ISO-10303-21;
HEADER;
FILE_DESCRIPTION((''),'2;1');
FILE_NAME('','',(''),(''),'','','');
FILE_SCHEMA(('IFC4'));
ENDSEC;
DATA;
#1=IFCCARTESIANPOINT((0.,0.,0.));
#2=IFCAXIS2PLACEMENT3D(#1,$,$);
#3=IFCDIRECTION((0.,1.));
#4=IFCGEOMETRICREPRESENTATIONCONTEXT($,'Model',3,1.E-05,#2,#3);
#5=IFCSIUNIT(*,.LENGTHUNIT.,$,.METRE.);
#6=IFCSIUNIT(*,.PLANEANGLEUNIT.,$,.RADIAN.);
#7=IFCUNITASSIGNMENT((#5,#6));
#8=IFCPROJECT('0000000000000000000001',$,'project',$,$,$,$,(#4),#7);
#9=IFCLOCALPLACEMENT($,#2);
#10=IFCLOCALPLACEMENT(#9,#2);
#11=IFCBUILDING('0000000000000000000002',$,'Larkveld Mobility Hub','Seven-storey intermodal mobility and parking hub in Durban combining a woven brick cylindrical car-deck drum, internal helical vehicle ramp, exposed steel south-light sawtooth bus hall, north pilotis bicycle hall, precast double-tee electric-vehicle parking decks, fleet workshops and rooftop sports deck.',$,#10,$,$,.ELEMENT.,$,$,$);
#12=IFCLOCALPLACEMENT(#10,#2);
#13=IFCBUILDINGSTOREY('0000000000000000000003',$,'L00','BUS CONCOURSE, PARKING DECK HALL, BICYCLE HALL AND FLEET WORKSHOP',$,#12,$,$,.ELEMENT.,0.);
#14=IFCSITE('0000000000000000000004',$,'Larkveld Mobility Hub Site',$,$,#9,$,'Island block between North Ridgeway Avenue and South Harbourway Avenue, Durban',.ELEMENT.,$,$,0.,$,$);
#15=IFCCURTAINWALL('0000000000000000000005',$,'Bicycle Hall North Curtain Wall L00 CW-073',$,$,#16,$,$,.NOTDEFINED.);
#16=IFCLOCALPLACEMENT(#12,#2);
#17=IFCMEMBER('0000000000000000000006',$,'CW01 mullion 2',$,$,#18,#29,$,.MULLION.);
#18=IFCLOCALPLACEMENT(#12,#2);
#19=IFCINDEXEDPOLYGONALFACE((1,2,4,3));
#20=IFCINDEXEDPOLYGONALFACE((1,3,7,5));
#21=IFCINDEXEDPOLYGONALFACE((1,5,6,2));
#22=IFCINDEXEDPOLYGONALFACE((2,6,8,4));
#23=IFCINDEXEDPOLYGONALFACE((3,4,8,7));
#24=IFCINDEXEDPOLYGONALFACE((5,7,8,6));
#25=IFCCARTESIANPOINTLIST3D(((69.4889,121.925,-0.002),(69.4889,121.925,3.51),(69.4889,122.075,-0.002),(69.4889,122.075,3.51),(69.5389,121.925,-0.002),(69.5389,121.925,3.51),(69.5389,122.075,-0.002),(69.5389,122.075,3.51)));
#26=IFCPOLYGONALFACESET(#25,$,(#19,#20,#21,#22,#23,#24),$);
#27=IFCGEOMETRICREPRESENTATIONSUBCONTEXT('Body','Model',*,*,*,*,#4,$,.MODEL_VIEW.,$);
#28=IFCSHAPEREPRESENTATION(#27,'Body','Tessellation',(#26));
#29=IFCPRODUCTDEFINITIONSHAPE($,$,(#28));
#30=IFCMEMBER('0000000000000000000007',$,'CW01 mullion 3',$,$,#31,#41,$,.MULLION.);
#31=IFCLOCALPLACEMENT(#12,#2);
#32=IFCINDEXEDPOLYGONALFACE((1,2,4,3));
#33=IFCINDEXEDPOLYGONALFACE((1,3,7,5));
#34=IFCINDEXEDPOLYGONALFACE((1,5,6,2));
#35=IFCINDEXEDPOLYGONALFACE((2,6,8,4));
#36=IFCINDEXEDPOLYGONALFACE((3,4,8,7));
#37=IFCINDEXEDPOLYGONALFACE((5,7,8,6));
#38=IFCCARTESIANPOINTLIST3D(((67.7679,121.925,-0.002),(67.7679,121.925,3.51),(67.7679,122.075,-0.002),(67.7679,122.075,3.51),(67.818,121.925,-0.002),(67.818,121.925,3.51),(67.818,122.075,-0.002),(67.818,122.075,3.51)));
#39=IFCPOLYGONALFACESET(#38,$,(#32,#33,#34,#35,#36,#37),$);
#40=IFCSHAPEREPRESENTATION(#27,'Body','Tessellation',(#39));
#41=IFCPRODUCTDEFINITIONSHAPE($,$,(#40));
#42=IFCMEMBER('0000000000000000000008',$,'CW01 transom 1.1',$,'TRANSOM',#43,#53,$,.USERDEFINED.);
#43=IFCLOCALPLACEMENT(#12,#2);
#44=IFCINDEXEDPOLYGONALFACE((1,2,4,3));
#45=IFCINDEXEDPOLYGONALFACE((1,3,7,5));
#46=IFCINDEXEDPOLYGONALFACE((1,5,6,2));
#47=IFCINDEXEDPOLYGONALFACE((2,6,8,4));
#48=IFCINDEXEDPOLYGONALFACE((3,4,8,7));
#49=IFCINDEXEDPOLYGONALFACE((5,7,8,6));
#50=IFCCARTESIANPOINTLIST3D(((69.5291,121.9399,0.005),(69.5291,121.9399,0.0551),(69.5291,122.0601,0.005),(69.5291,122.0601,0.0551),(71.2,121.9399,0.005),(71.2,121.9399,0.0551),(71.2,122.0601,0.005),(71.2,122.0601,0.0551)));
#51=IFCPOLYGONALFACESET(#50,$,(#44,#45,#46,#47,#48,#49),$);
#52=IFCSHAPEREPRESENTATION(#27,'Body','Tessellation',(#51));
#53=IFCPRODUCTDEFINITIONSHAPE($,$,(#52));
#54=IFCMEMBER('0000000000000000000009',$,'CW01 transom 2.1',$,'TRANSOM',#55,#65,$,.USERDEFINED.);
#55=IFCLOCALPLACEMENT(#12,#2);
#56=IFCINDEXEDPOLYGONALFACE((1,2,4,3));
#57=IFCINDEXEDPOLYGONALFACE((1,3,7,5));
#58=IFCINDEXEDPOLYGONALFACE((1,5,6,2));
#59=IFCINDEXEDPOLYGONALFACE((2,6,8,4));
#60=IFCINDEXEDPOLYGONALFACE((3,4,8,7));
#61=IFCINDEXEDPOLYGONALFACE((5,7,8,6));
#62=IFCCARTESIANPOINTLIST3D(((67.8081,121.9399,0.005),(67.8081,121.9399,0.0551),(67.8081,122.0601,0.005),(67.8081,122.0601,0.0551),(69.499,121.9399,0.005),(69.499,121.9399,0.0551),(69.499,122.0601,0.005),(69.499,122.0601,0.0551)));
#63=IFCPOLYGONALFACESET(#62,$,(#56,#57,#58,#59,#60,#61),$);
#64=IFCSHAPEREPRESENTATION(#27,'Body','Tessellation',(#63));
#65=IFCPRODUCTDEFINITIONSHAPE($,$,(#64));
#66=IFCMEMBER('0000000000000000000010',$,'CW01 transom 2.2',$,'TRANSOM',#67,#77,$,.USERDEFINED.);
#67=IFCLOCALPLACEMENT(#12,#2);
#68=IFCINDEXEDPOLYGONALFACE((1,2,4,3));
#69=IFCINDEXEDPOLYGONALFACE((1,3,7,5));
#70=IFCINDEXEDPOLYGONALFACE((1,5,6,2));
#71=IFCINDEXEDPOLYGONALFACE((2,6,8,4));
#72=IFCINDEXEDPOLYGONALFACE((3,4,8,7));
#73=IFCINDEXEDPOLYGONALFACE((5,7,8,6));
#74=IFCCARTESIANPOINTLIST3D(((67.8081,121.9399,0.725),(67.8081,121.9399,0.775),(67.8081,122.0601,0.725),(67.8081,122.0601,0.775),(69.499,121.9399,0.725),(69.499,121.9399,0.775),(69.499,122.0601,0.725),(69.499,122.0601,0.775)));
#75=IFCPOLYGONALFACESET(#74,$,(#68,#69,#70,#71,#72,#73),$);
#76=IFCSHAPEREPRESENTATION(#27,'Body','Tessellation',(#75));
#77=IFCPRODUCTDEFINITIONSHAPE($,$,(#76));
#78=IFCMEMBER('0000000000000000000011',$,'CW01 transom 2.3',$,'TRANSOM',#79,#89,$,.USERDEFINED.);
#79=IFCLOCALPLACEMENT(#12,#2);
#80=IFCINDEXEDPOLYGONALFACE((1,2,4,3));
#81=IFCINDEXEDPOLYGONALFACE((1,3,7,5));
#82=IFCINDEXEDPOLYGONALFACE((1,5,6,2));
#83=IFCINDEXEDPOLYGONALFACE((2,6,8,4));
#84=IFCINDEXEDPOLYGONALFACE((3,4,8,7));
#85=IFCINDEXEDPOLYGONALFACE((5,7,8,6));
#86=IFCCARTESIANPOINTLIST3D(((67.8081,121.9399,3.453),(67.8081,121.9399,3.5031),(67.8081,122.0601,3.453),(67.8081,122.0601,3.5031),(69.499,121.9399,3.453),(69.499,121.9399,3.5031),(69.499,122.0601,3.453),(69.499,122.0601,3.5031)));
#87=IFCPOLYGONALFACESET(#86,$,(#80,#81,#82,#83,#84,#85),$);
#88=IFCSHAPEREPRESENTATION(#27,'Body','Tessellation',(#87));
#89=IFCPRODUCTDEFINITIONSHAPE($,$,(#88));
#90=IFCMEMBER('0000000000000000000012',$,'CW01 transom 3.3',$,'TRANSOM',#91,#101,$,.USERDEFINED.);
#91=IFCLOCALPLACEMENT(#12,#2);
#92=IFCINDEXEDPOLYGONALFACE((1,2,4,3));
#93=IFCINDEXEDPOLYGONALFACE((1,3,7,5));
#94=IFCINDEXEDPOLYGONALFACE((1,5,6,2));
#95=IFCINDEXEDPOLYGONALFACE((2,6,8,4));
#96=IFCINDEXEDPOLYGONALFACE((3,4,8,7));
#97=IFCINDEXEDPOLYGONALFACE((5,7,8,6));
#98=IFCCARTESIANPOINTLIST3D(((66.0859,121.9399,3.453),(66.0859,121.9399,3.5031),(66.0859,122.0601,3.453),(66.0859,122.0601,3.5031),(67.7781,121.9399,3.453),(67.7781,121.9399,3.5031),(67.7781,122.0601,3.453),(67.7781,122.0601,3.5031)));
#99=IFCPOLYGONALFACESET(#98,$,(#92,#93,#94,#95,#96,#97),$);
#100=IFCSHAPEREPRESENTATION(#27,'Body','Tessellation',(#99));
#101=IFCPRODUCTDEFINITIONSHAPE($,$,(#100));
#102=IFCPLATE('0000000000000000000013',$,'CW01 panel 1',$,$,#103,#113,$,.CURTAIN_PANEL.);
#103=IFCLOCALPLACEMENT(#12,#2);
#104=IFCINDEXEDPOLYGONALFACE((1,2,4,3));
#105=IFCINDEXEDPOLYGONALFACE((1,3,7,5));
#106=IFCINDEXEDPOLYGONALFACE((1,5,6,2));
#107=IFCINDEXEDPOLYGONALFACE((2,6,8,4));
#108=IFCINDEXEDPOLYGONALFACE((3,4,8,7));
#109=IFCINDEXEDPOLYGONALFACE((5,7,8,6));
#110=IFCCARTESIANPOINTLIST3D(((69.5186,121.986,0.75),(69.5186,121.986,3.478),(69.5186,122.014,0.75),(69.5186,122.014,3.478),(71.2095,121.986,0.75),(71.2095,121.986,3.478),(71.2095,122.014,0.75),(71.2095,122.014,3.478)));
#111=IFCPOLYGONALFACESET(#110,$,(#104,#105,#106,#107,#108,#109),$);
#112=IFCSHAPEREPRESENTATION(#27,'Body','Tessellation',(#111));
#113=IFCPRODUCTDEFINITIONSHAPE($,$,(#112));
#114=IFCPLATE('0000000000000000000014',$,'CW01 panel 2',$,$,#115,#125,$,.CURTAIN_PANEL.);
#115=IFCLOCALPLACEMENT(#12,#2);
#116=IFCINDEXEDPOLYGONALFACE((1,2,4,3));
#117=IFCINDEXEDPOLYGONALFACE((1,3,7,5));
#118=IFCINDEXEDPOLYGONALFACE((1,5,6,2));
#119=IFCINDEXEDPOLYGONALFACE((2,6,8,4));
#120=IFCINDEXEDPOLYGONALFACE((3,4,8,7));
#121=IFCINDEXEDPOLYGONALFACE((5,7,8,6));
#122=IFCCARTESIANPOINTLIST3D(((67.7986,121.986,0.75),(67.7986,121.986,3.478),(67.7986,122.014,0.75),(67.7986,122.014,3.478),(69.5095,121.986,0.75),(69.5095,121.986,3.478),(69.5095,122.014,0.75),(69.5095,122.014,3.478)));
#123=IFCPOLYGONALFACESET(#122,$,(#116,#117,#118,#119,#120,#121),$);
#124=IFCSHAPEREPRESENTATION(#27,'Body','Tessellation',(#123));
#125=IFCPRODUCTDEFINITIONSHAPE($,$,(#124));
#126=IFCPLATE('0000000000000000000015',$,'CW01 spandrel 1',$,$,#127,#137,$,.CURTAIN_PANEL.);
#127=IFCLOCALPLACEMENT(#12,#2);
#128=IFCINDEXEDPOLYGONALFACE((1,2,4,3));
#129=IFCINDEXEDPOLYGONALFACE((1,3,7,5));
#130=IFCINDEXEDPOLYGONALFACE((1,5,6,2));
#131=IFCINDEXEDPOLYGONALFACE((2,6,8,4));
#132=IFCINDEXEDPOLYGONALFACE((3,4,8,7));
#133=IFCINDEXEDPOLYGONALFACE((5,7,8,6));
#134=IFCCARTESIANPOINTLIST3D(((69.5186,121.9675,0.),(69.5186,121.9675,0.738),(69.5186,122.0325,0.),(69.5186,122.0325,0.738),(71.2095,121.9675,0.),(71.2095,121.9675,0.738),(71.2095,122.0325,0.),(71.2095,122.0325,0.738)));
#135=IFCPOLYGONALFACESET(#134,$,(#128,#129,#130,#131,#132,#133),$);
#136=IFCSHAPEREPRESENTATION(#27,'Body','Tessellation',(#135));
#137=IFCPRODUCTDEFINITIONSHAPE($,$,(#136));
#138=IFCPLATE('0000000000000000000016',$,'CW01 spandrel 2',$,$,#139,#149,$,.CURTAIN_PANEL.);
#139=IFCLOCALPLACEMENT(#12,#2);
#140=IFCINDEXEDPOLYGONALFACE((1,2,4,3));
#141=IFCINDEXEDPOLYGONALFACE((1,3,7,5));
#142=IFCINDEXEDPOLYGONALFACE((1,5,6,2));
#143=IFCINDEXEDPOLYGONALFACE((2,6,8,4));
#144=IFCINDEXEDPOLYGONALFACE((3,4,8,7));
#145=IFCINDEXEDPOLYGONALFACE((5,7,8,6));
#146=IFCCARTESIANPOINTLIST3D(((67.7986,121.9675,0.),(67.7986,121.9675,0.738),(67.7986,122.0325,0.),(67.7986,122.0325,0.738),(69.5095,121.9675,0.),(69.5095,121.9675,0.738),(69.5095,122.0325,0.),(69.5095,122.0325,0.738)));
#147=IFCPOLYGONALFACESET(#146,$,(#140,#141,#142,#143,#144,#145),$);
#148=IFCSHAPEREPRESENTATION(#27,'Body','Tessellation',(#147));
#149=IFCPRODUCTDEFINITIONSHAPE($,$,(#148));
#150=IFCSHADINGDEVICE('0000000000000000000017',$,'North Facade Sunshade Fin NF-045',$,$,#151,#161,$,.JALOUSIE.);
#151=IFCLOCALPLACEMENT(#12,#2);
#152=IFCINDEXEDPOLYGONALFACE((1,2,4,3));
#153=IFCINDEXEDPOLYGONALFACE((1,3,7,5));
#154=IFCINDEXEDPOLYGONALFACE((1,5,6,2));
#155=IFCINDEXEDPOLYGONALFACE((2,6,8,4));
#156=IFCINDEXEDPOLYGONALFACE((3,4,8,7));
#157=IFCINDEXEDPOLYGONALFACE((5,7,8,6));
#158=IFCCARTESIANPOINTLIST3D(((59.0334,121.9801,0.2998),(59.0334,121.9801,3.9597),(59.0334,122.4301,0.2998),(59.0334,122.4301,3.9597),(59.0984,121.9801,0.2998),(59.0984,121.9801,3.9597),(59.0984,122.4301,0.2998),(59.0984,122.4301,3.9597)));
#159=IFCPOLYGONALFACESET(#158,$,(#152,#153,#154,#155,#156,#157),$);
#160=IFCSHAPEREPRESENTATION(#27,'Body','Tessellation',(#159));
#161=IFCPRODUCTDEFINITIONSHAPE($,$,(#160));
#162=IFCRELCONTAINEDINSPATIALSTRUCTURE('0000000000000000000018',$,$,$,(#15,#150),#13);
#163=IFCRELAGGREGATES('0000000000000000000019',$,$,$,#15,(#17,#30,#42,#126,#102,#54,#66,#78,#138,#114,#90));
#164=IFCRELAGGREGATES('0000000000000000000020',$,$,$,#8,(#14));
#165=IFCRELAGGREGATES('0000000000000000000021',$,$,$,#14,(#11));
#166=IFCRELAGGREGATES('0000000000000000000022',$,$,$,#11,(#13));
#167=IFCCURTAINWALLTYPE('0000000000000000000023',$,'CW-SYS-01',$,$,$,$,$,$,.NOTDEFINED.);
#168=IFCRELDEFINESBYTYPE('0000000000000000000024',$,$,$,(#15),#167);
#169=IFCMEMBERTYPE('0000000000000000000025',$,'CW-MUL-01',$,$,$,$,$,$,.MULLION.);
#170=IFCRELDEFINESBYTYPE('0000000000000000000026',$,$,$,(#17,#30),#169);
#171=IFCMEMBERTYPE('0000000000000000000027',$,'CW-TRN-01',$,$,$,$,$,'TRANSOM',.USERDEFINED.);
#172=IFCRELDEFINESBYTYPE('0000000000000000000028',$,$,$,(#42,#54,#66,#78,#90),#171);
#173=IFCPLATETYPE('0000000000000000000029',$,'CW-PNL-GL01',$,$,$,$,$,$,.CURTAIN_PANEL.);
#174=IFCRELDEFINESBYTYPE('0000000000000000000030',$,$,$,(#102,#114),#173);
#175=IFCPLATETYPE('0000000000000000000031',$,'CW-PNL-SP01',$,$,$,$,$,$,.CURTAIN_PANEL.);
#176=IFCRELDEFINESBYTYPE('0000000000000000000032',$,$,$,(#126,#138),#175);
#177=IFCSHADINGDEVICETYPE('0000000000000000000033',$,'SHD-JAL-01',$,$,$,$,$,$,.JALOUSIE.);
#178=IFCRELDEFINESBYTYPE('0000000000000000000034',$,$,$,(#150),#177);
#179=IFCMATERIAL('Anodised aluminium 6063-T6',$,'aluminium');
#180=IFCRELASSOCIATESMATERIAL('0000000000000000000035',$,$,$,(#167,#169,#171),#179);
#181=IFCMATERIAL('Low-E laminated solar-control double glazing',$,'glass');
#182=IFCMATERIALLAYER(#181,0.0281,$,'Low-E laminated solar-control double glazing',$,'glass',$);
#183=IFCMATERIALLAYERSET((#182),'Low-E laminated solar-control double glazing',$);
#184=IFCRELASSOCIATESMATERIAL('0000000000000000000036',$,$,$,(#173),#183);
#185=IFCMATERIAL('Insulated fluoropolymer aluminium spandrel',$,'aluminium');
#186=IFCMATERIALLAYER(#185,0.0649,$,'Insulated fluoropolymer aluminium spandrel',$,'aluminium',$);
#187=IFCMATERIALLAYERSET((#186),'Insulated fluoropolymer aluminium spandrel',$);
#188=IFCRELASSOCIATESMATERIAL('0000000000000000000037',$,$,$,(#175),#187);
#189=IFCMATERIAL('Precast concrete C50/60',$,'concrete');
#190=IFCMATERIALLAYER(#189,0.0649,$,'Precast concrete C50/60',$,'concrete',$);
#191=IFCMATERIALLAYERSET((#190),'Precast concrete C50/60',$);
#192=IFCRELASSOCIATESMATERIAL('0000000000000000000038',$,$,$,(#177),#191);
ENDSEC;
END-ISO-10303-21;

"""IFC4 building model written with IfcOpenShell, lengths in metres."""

from ifc_helpers import new_model, si_unit, direction, frame, origin, origin_2d, place, context, subcontext, project, spatial, rectangle, extrude, material, layer, layer_set, material_profile, profile_set, type_object, element, aggregate, save


model = new_model("IFC4")

# Units and contexts
model_context = context("Model", 3, precision=1e-05, world=origin(), true_north=direction((0.0, 1.0)))
body_context = subcontext(model_context, "Body", "Model", "MODEL_VIEW")
ifc_project = project(units=[si_unit("LENGTHUNIT", "METRE"), si_unit("PLANEANGLEUNIT", "RADIAN")], contexts=[model_context])

# Site, building, storey
site_placement = place(None, origin())
site = spatial("IfcSite", under=ifc_project, at=site_placement, Name="Larkveld Mobility Hub Site", LongName="Island block between North Ridgeway Avenue and South Harbourway Avenue, Durban", CompositionType="ELEMENT", RefElevation=0.0)
building_placement = place(site_placement, origin())
building = spatial("IfcBuilding", under=site, at=building_placement, Name="Larkveld Mobility Hub", Description="Seven-storey intermodal mobility and parking hub in Durban combining a woven brick cylindrical car-deck drum, internal helical vehicle ramp, exposed steel south-light sawtooth bus hall, north pilotis bicycle hall, precast double-tee electric-vehicle parking decks, fleet workshops and rooftop sports deck.", CompositionType="ELEMENT")
storey_placement = place(building_placement, origin())
storey = spatial("IfcBuildingStorey", under=building, at=storey_placement, Name="L00", Description="BUS CONCOURSE, PARKING DECK HALL, BICYCLE HALL AND FLEET WORKSHOP", CompositionType="ELEMENT", Elevation=0.0)

# Shared definitions
ifc_material_1 = material(Name="Precast concrete C50/60", Category="concrete")

# Curtain wall, members, plates
ifc_material_2 = material(Name="Anodised aluminium 6063-T6", Category="aluminium")
curtain_wall_type = type_object("IfcCurtainWallType", Name="CW-SYS-01", PredefinedType="NOTDEFINED", material=ifc_material_2)
curtain_wall_placement = place(storey_placement, origin())
curtain_wall = element("IfcCurtainWall", 1, at=curtain_wall_placement, inside=storey, type_object=curtain_wall_type, Name="Bicycle Hall North Curtain Wall L00 CW-073", PredefinedType="NOTDEFINED")
ifc_material_profile_1 = material_profile(ifc_material_2, rectangle(XDim=0.05, YDim=0.1499, at=origin_2d()), Name="ALU MULL 50x150")
ifc_profile_set_1 = profile_set([ifc_material_profile_1], Name="Anodised aluminium 6063-T6")
member_type_1 = type_object("IfcMemberType", Name="CW-MUL-01", PredefinedType="MULLION", material=ifc_profile_set_1)
member_1_placement = place(storey_placement, frame((69.5139, 122.0, -0.002), z_axis=(0.0, 0.0, 1.0), x_axis=(-1.0, 0.0, 0.0)))
member_1 = element("IfcMember", 2, at=member_1_placement, type_object=member_type_1, Name="CW01 mullion 2", PredefinedType="MULLION", context=body_context, shape_type="SweptSolid", body=[
    extrude(rectangle(XDim=0.05, YDim=0.1499, at=origin_2d()), origin(), (0.0, 0.0, 1.0), 3.512),
])
member_2_placement = place(storey_placement, frame((67.793, 122.0, -0.002), z_axis=(0.0, 0.0, 1.0), x_axis=(-1.0, 0.0, 0.0)))
member_2 = element("IfcMember", 3, at=member_2_placement, type_object=member_type_1, Name="CW01 mullion 3", PredefinedType="MULLION", context=body_context, shape_type="SweptSolid", body=[
    extrude(rectangle(XDim=0.05, YDim=0.1499, at=origin_2d()), origin(), (0.0, 0.0, 1.0), 3.512),
])
ifc_material_profile_2 = material_profile(ifc_material_2, rectangle(XDim=0.1201, YDim=0.05, at=origin_2d()), Name="ALU TRAN 50x120")
ifc_profile_set_2 = profile_set([ifc_material_profile_2], Name="Anodised aluminium 6063-T6")
member_type_2 = type_object("IfcMemberType", Name="CW-TRN-01", ElementType="TRANSOM", PredefinedType="USERDEFINED", material=ifc_profile_set_2)
member_3_placement = place(storey_placement, frame((71.2, 122.0, 0.03), z_axis=(-1.0, 0.0, 0.0), x_axis=(0.0, -1.0, 0.0)))
member_3 = element("IfcMember", 4, at=member_3_placement, type_object=member_type_2, Name="CW01 transom 1.1", ObjectType="TRANSOM", PredefinedType="USERDEFINED", context=body_context, shape_type="SweptSolid", body=[
    extrude(rectangle(XDim=0.1201, YDim=0.05, at=origin_2d()), origin(), (0.0, 0.0, 1.0), 1.6709),
])
member_4_placement = place(storey_placement, frame((69.499, 122.0, 0.03), z_axis=(-1.0, 0.0, 0.0), x_axis=(0.0, -1.0, 0.0)))
member_4 = element("IfcMember", 5, at=member_4_placement, type_object=member_type_2, Name="CW01 transom 2.1", ObjectType="TRANSOM", PredefinedType="USERDEFINED", context=body_context, shape_type="SweptSolid", body=[
    extrude(rectangle(XDim=0.1201, YDim=0.05, at=origin_2d()), origin(), (0.0, 0.0, 1.0), 1.6909),
])
member_5_placement = place(storey_placement, frame((69.499, 122.0, 0.75), z_axis=(-1.0, 0.0, 0.0), x_axis=(0.0, -1.0, 0.0)))
member_5 = element("IfcMember", 6, at=member_5_placement, type_object=member_type_2, Name="CW01 transom 2.2", ObjectType="TRANSOM", PredefinedType="USERDEFINED", context=body_context, shape_type="SweptSolid", body=[
    extrude(rectangle(XDim=0.1201, YDim=0.05, at=origin_2d()), origin(), (0.0, 0.0, 1.0), 1.6909),
])
member_6_placement = place(storey_placement, frame((69.499, 122.0, 3.478), z_axis=(-1.0, 0.0, 0.0), x_axis=(0.0, -1.0, 0.0)))
member_6 = element("IfcMember", 7, at=member_6_placement, type_object=member_type_2, Name="CW01 transom 2.3", ObjectType="TRANSOM", PredefinedType="USERDEFINED", context=body_context, shape_type="SweptSolid", body=[
    extrude(rectangle(XDim=0.1201, YDim=0.05, at=origin_2d()), origin(), (0.0, 0.0, 1.0), 1.6909),
])
member_7_placement = place(storey_placement, frame((67.7781, 122.0, 3.478), z_axis=(-1.0, 0.0, 0.0), x_axis=(0.0, -1.0, 0.0)))
member_7 = element("IfcMember", 8, at=member_7_placement, type_object=member_type_2, Name="CW01 transom 3.3", ObjectType="TRANSOM", PredefinedType="USERDEFINED", context=body_context, shape_type="SweptSolid", body=[
    extrude(rectangle(XDim=0.1201, YDim=0.05, at=origin_2d()), origin(), (0.0, 0.0, 1.0), 1.6921),
])
ifc_material_3 = material(Name="Low-E laminated solar-control double glazing", Category="glass")
ifc_layer_1 = layer(ifc_material_3, 0.0281, Name="Low-E laminated solar-control double glazing", Category="glass")
ifc_layer_set_1 = layer_set([ifc_layer_1], Name="Low-E laminated solar-control double glazing")
plate_type_1 = type_object("IfcPlateType", Name="CW-PNL-GL01", PredefinedType="CURTAIN_PANEL", material=ifc_layer_set_1)
plate_1_placement = place(storey_placement, frame((70.364, 122.0, 0.75), z_axis=(0.0, 0.0, 1.0), x_axis=(-1.0, 0.0, 0.0)))
plate_1 = element("IfcPlate", 9, at=plate_1_placement, type_object=plate_type_1, Name="CW01 panel 1", PredefinedType="CURTAIN_PANEL", context=body_context, shape_type="SweptSolid", body=[
    extrude(rectangle(XDim=1.6909, YDim=0.0281, at=origin_2d()), origin(), (0.0, 0.0, 1.0), 2.728),
])
plate_2_placement = place(storey_placement, frame((68.6541, 122.0, 0.75), z_axis=(0.0, 0.0, 1.0), x_axis=(-1.0, 0.0, 0.0)))
plate_2 = element("IfcPlate", 10, at=plate_2_placement, type_object=plate_type_1, Name="CW01 panel 2", PredefinedType="CURTAIN_PANEL", context=body_context, shape_type="SweptSolid", body=[
    extrude(rectangle(XDim=1.7109, YDim=0.0281, at=origin_2d()), origin(), (0.0, 0.0, 1.0), 2.728),
])
ifc_material_4 = material(Name="Insulated fluoropolymer aluminium spandrel", Category="aluminium")
ifc_layer_2 = layer(ifc_material_4, 0.0649, Name="Insulated fluoropolymer aluminium spandrel", Category="aluminium")
ifc_layer_set_2 = layer_set([ifc_layer_2], Name="Insulated fluoropolymer aluminium spandrel")
plate_type_2 = type_object("IfcPlateType", Name="CW-PNL-SP01", PredefinedType="CURTAIN_PANEL", material=ifc_layer_set_2)
plate_3_placement = place(storey_placement, frame((70.364, 122.0, 0.0), z_axis=(0.0, 0.0, 1.0), x_axis=(-1.0, 0.0, 0.0)))
plate_3 = element("IfcPlate", 11, at=plate_3_placement, type_object=plate_type_2, Name="CW01 spandrel 1", PredefinedType="CURTAIN_PANEL", context=body_context, shape_type="SweptSolid", body=[
    extrude(rectangle(XDim=1.6909, YDim=0.0649, at=origin_2d()), origin(), (0.0, 0.0, 1.0), 0.738),
])
plate_4_placement = place(storey_placement, frame((68.6541, 122.0, 0.0), z_axis=(0.0, 0.0, 1.0), x_axis=(-1.0, 0.0, 0.0)))
plate_4 = element("IfcPlate", 12, at=plate_4_placement, type_object=plate_type_2, Name="CW01 spandrel 2", PredefinedType="CURTAIN_PANEL", context=body_context, shape_type="SweptSolid", body=[
    extrude(rectangle(XDim=1.7109, YDim=0.0649, at=origin_2d()), origin(), (0.0, 0.0, 1.0), 0.738),
])
aggregate(curtain_wall, [member_1, member_2, member_3, plate_3, plate_1, member_4, member_5, member_6, plate_4, plate_2, member_7])

# Shading device
ifc_layer_3 = layer(ifc_material_1, 0.0649, Name="Precast concrete C50/60", Category="concrete")
ifc_layer_set_3 = layer_set([ifc_layer_3], Name="Precast concrete C50/60")
shading_device_type = type_object("IfcShadingDeviceType", Name="SHD-JAL-01", PredefinedType="JALOUSIE", material=ifc_layer_set_3)
shading_device_placement = place(storey_placement, frame((59.0659, 122.2051, 0.2998), z_axis=(0.0, 0.0, 1.0), x_axis=(1.0, 0.0, 0.0)))
element("IfcShadingDevice", 13, at=shading_device_placement, inside=storey, type_object=shading_device_type, Name="North Facade Sunshade Fin NF-045", PredefinedType="JALOUSIE", context=body_context, shape_type="SweptSolid", body=[
    extrude(rectangle(XDim=0.0649, YDim=0.45, at=origin_2d()), origin(), (0.0, 0.0, 1.0), 3.6599),
])

save(model, "model.ifc")
